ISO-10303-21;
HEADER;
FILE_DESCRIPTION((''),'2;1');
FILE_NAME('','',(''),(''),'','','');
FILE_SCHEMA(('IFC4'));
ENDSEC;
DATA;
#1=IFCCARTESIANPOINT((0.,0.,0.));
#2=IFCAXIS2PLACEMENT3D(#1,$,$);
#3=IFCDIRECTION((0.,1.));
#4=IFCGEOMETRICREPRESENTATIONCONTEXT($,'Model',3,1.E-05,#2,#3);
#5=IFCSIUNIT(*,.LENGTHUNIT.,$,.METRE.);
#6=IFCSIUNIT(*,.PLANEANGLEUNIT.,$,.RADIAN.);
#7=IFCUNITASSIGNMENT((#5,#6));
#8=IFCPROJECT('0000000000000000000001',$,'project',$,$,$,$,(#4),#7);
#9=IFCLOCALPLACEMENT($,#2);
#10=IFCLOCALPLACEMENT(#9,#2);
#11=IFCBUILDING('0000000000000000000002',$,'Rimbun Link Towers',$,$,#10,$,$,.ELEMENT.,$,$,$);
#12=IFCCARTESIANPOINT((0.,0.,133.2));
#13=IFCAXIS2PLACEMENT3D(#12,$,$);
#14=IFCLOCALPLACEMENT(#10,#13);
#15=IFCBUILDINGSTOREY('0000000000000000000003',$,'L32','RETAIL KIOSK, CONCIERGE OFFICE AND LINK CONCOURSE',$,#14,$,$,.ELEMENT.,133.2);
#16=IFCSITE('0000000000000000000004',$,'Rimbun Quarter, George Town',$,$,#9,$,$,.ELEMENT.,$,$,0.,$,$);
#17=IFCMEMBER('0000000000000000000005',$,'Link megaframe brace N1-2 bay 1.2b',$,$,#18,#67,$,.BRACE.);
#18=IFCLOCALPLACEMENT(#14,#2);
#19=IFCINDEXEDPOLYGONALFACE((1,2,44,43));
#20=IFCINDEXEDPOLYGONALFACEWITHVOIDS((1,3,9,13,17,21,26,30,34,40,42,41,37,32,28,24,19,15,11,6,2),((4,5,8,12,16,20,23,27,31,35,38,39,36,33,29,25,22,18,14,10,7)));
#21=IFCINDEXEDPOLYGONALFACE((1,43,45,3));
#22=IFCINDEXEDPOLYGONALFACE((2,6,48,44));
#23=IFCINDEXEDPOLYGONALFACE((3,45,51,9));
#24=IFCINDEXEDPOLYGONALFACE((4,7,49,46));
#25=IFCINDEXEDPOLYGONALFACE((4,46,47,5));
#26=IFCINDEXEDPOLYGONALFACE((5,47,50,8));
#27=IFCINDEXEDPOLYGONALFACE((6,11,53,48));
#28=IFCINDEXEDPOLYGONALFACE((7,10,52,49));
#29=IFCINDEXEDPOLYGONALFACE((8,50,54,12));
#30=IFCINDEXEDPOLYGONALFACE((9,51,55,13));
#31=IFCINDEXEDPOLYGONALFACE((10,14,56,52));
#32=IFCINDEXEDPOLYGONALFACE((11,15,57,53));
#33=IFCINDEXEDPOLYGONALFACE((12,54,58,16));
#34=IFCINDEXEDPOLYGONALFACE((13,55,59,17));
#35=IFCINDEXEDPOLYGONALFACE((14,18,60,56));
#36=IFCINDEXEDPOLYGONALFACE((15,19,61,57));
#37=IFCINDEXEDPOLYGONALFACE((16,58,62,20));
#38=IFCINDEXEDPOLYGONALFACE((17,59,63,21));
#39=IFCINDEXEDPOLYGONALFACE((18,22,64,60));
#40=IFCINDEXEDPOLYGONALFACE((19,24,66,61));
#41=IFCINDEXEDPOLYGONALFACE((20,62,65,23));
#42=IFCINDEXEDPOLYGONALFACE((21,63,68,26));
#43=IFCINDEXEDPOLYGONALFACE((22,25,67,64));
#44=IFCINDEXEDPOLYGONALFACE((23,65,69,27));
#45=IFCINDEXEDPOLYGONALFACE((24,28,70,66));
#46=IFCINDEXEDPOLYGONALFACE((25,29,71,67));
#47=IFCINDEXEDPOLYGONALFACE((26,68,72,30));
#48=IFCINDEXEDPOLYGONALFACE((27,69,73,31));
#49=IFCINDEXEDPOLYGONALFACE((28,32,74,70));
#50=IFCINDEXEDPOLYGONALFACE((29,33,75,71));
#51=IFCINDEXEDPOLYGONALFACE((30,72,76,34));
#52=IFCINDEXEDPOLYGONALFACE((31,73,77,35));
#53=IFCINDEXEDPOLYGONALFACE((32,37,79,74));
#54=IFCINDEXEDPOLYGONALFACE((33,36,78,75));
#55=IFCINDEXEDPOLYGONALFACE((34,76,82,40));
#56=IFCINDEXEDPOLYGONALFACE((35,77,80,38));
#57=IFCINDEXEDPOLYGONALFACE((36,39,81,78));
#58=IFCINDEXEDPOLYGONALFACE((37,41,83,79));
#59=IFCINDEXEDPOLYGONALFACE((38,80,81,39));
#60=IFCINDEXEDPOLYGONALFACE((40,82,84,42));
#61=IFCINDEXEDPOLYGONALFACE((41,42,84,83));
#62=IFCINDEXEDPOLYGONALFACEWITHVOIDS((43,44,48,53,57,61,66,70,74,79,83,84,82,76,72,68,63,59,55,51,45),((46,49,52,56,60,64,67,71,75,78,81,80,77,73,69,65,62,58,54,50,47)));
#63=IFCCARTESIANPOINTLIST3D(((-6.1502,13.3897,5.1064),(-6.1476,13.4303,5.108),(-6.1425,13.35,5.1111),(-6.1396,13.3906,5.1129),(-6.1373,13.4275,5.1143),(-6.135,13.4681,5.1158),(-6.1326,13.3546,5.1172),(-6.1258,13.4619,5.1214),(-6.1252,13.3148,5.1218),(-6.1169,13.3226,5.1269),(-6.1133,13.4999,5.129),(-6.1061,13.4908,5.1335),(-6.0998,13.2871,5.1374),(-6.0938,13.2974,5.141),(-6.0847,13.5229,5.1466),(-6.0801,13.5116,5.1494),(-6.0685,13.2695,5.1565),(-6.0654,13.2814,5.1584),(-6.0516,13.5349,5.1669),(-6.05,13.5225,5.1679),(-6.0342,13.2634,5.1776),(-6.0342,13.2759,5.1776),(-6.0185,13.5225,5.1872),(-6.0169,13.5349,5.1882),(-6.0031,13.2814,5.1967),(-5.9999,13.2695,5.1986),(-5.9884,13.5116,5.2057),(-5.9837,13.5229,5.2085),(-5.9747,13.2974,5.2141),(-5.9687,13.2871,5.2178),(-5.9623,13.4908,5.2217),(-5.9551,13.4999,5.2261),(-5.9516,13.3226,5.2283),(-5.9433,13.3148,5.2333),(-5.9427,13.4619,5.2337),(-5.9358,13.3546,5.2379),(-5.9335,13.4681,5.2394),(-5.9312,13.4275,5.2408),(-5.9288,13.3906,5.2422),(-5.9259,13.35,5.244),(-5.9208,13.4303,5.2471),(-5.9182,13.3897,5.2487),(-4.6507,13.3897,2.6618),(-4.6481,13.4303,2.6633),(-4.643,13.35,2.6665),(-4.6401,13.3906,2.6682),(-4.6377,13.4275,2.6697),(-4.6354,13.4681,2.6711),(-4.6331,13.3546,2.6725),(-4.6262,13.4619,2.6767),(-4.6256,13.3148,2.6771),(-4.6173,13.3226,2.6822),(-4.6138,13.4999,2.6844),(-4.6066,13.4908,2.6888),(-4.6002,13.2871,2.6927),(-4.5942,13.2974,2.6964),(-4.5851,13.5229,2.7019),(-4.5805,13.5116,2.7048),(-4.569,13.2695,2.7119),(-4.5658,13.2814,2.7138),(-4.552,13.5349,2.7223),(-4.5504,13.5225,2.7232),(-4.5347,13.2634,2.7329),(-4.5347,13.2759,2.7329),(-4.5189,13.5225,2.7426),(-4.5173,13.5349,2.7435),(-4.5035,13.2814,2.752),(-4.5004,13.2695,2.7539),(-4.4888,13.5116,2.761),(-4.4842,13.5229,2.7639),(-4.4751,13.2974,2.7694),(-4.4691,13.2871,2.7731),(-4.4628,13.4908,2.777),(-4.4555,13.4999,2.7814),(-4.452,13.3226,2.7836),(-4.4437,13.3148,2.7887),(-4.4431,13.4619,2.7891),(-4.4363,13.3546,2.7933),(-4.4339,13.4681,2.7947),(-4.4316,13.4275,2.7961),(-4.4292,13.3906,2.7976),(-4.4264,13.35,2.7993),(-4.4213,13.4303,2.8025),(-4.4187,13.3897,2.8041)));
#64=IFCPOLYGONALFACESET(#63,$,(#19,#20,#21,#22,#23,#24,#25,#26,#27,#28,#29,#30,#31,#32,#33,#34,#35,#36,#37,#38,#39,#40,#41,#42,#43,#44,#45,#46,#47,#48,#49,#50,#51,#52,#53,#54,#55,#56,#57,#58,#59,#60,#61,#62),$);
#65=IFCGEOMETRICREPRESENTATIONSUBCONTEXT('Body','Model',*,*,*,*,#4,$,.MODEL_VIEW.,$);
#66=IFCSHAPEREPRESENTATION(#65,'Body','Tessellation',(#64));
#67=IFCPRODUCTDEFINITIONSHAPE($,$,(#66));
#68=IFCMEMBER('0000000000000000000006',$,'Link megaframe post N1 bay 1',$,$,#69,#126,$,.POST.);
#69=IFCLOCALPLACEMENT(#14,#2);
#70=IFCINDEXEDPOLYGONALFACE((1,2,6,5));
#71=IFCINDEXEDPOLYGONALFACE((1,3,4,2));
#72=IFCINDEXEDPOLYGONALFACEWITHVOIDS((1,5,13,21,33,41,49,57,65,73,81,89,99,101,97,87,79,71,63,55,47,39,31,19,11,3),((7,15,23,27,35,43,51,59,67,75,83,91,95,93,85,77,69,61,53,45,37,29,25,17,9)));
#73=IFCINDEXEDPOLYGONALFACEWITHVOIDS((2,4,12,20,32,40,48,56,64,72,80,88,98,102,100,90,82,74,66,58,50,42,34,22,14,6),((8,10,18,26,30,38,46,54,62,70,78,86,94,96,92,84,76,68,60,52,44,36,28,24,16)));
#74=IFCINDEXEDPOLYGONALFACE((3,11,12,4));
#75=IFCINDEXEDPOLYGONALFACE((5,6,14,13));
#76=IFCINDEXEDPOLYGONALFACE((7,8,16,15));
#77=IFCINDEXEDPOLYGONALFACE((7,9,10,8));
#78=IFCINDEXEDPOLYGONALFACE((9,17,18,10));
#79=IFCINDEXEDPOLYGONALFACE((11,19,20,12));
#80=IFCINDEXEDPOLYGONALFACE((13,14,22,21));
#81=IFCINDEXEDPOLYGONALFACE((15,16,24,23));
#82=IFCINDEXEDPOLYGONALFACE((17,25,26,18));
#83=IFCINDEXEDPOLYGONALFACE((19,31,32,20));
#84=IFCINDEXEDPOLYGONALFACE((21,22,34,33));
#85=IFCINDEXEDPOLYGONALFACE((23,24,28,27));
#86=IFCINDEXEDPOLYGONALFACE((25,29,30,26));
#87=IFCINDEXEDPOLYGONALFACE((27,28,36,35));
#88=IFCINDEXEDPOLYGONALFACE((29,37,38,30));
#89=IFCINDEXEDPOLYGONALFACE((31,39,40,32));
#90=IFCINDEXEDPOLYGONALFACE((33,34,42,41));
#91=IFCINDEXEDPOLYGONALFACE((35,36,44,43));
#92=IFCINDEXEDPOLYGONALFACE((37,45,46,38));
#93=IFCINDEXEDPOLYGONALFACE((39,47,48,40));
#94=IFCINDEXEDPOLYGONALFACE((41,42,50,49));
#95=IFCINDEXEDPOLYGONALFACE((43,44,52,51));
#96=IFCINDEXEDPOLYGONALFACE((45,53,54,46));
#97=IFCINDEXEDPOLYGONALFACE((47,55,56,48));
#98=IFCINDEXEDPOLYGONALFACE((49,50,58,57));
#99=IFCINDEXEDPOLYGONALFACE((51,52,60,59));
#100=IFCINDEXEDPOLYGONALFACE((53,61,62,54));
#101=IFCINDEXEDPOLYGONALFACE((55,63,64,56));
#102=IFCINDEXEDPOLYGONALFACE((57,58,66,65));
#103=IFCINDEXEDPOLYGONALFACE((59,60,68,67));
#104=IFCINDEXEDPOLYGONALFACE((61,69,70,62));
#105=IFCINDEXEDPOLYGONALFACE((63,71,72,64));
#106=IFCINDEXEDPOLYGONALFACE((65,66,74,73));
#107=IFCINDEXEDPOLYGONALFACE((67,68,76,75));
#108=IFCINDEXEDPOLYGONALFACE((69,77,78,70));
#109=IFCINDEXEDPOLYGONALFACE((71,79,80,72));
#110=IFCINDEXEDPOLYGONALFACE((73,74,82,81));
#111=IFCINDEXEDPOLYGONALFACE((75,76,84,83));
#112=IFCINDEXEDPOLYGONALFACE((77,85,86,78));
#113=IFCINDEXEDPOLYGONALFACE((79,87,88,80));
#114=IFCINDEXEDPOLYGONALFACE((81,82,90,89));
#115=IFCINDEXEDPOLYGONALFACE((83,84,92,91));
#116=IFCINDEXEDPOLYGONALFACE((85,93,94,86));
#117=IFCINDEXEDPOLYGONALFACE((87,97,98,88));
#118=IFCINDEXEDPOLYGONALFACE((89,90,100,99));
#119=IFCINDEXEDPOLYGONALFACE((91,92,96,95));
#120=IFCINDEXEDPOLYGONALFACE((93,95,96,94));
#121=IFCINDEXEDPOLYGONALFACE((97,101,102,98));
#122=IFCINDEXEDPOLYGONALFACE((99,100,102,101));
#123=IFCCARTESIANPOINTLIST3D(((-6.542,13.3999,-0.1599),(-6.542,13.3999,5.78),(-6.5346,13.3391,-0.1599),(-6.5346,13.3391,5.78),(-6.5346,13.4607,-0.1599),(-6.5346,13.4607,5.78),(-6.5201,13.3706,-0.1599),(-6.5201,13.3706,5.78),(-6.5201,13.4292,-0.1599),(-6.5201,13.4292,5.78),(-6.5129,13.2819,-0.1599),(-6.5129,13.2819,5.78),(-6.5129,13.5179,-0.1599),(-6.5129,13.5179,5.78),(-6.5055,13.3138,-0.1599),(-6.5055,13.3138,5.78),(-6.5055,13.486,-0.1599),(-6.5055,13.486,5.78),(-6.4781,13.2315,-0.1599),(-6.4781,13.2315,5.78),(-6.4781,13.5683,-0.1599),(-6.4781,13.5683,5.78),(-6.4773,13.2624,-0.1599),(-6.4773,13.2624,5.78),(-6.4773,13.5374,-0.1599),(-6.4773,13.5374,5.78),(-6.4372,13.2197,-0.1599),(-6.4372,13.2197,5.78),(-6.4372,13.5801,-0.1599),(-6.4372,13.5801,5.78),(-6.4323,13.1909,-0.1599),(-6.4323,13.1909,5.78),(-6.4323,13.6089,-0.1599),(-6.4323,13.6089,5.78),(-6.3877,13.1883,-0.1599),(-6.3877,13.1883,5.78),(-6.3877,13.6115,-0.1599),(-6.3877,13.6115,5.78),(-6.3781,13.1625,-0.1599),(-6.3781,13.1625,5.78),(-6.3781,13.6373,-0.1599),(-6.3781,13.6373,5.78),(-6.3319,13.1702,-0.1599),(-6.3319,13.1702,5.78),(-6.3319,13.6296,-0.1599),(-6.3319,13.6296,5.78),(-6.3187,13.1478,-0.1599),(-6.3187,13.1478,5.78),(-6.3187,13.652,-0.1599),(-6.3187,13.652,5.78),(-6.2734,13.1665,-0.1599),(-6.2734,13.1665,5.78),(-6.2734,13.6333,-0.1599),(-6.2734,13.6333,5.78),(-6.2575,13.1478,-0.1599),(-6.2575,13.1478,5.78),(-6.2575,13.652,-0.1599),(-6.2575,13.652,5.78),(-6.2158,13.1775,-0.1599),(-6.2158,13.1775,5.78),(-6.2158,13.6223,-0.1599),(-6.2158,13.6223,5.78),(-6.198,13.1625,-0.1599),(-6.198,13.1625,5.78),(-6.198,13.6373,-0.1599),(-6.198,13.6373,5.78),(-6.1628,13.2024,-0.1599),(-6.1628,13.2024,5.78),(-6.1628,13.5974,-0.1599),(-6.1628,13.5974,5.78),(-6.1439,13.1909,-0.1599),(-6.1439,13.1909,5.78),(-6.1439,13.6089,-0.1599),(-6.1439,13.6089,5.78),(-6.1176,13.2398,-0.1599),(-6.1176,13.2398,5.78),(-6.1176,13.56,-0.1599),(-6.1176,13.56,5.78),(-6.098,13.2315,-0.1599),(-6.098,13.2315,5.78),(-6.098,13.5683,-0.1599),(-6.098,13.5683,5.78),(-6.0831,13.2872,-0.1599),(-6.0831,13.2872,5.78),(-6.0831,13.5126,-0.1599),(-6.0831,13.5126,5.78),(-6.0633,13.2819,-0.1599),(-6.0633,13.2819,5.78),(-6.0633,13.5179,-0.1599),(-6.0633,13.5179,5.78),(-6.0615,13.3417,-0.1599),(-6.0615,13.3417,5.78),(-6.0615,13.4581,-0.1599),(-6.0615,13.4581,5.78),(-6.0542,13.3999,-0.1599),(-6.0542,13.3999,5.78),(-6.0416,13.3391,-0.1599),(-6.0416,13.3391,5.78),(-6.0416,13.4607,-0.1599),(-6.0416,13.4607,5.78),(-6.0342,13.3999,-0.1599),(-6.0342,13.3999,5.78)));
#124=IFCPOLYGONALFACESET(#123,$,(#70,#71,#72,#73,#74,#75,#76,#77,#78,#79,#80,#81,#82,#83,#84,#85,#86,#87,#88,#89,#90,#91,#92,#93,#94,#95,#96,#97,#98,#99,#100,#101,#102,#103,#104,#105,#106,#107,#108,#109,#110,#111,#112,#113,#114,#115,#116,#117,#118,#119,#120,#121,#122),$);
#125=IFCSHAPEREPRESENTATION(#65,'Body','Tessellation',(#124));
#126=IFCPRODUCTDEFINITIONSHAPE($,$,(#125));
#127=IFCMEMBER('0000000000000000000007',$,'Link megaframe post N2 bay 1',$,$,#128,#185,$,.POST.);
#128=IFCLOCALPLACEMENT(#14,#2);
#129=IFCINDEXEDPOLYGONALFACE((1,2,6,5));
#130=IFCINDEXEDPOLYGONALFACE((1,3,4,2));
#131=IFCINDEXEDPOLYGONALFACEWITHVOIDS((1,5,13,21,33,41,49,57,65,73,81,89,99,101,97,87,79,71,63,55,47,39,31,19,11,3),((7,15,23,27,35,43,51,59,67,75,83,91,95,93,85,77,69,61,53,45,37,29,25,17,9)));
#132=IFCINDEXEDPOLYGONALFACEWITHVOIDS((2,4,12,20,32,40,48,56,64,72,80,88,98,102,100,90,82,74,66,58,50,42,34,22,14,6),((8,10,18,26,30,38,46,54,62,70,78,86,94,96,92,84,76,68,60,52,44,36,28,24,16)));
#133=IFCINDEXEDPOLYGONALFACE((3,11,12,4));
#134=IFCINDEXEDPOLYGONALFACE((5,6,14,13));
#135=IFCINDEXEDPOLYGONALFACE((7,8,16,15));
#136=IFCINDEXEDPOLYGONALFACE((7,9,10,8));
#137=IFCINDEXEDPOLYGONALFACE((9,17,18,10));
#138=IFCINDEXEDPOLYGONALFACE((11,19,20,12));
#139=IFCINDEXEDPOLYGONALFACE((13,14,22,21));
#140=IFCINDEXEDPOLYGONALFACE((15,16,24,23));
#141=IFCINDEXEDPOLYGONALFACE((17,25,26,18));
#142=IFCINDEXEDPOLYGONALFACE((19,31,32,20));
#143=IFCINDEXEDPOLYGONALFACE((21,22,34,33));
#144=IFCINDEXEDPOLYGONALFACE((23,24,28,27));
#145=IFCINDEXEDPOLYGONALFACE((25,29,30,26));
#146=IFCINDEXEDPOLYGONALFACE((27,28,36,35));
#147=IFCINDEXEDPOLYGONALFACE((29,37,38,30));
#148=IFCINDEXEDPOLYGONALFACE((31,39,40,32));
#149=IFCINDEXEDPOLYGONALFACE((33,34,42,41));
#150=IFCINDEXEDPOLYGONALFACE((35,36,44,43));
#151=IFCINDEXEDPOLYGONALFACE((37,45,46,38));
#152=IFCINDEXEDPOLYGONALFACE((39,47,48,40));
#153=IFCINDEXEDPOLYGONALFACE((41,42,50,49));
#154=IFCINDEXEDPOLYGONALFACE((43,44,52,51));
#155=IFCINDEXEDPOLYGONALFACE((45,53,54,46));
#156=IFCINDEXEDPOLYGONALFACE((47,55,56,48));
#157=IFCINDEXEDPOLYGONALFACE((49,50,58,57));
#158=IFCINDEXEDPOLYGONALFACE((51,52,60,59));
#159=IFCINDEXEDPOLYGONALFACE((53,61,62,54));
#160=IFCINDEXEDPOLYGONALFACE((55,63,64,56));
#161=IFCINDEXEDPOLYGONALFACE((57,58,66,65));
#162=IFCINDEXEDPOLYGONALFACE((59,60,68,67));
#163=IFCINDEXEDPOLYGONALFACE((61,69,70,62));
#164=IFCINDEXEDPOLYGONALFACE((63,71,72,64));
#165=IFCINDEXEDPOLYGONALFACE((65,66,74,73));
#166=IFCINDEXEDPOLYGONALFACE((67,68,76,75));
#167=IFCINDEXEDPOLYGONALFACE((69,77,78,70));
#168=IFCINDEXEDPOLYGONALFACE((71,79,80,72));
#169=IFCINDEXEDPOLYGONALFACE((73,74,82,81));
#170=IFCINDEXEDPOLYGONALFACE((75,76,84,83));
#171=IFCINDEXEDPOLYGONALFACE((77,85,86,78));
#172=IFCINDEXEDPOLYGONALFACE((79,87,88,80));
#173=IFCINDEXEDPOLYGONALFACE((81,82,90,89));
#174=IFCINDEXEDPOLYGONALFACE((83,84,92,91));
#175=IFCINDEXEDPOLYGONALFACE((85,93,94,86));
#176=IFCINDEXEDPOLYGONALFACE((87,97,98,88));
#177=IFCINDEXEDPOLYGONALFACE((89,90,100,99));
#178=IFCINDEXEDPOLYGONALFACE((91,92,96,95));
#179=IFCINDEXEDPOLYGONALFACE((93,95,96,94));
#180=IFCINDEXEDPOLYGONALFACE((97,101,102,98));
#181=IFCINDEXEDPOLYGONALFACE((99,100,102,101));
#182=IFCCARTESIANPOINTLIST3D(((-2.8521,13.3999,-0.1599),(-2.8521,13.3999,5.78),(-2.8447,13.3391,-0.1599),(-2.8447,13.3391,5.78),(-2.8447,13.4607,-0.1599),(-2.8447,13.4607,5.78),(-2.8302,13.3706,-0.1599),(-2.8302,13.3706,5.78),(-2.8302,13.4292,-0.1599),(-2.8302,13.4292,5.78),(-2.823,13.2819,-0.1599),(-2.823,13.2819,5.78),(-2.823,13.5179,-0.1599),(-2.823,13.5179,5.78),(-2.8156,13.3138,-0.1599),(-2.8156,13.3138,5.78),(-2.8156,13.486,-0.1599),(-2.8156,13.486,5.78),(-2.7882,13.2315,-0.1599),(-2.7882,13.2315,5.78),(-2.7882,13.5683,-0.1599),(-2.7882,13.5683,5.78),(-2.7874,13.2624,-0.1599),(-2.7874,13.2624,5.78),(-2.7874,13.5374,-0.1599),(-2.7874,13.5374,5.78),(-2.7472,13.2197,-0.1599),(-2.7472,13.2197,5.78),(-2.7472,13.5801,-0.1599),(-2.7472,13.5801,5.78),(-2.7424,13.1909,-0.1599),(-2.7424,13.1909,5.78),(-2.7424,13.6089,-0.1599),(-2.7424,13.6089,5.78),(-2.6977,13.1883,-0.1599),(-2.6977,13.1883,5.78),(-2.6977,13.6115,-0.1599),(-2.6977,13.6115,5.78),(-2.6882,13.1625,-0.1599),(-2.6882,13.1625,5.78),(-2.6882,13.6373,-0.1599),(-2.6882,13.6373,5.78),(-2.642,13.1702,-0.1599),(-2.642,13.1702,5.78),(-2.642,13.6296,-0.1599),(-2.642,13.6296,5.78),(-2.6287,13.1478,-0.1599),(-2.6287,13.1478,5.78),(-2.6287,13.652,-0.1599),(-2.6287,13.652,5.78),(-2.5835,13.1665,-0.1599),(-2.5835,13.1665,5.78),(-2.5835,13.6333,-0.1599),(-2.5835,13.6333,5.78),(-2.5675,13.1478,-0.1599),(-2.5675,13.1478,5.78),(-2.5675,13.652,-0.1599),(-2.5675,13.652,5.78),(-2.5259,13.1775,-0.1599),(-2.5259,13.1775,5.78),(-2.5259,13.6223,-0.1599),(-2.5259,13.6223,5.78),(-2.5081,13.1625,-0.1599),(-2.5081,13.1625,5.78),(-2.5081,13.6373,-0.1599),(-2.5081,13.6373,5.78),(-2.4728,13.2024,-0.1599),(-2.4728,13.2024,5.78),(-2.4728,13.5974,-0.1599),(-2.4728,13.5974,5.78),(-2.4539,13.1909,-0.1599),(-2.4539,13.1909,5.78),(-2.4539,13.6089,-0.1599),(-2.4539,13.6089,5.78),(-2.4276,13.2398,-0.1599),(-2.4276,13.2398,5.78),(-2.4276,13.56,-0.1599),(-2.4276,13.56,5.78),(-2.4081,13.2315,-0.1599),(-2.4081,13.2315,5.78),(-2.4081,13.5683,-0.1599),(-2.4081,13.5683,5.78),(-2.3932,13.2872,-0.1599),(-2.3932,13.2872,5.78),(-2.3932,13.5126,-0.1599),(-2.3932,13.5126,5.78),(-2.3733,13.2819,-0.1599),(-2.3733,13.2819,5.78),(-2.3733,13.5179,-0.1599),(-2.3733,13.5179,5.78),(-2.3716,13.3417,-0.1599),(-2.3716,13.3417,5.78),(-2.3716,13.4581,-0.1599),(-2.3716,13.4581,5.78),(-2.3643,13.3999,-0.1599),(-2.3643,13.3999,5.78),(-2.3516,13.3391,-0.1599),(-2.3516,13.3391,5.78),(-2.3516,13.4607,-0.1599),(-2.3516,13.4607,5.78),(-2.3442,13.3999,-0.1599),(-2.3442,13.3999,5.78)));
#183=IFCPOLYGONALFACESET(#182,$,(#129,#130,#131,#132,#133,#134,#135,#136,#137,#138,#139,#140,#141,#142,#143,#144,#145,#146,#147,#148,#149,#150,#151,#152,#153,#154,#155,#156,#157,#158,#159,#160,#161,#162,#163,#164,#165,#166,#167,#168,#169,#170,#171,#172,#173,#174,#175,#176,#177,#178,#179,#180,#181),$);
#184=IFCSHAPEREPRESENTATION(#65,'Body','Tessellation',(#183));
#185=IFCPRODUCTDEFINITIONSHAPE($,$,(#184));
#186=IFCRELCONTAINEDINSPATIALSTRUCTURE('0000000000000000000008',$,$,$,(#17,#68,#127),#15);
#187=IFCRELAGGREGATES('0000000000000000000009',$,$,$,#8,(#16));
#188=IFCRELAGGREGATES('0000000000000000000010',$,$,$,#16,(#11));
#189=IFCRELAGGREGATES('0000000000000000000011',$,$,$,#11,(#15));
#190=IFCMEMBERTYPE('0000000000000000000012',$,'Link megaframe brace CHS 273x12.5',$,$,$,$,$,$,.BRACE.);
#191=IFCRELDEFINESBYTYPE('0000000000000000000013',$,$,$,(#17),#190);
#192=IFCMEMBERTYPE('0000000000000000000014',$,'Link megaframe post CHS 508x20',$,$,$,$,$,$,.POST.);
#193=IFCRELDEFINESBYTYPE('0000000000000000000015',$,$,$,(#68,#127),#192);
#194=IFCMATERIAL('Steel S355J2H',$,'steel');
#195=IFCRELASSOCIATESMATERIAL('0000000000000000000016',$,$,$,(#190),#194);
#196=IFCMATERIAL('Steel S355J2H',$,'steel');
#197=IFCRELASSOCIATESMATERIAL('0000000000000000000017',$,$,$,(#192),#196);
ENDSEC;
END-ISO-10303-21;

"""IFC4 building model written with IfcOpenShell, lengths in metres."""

from ifc_helpers import new_model, si_unit, direction, frame, origin, origin_2d, place, context, subcontext, project, spatial, hollow_circle, extrude, material, material_profile, profile_set, type_object, element, save


model = new_model("IFC4")

# Units and contexts
model_context = context("Model", 3, precision=1e-05, world=origin(), true_north=direction((0.0, 1.0)))
body_context = subcontext(model_context, "Body", "Model", "MODEL_VIEW")
ifc_project = project(units=[si_unit("LENGTHUNIT", "METRE"), si_unit("PLANEANGLEUNIT", "RADIAN")], contexts=[model_context])

# Site, building, storey
site_placement = place(None, origin())
site = spatial("IfcSite", under=ifc_project, at=site_placement, Name="Rimbun Quarter, George Town", CompositionType="ELEMENT", RefElevation=0.0)
building_placement = place(site_placement, origin())
building = spatial("IfcBuilding", under=site, at=building_placement, Name="Rimbun Link Towers", CompositionType="ELEMENT")
storey_placement = place(building_placement, frame((0.0, 0.0, 133.2)))
storey = spatial("IfcBuildingStorey", under=building, at=storey_placement, Name="L32", Description="RETAIL KIOSK, CONCIERGE OFFICE AND LINK CONCOURSE", CompositionType="ELEMENT", Elevation=133.2)

# Members
ifc_material_1 = material(Name="Steel S355J2H", Category="steel")
ifc_material_profile_1 = material_profile(ifc_material_1, hollow_circle(Radius=0.1365, WallThickness=0.0125, at=origin_2d()), Name="CHS 273x12.5")
ifc_profile_set_1 = profile_set([ifc_material_profile_1], Name="Steel S355J2H")
member_type_1 = type_object("IfcMemberType", Name="Link megaframe brace CHS 273x12.5", PredefinedType="BRACE", material=ifc_profile_set_1)
member_1_placement = place(storey_placement, frame((-4.5347, 13.3999, 2.7329), z_axis=(-0.522871, 0.0, 0.852412), x_axis=(0.0, -1.0, 0.0)))
element("IfcMember", 1, at=member_1_placement, inside=storey, type_object=member_type_1, Name="Link megaframe brace N1-2 bay 1.2b", PredefinedType="BRACE", context=body_context, shape_type="SweptSolid", body=[
    extrude(hollow_circle(Radius=0.1365, WallThickness=0.0125, at=origin_2d()), origin(), (0.0, 0.0, 1.0), 2.8679),
])
ifc_material_2 = material(Name="Steel S355J2H", Category="steel")
ifc_material_profile_2 = material_profile(ifc_material_2, hollow_circle(Radius=0.2539, WallThickness=0.02, at=origin_2d()), Name="CHS 508x20")
ifc_profile_set_2 = profile_set([ifc_material_profile_2], Name="Steel S355J2H")
member_type_2 = type_object("IfcMemberType", Name="Link megaframe post CHS 508x20", PredefinedType="POST", material=ifc_profile_set_2)
for number, where, z_axis, x_axis, name in (
    (2, (-6.2881, 13.3999, -0.1599), (0.0, 0.0, 1.0), (1.0, 0.0, 0.0), "Link megaframe post N1 bay 1"),
    (3, (-2.5981, 13.3999, -0.1599), (0.0, 0.0, 1.0), (1.0, 0.0, 0.0), "Link megaframe post N2 bay 1"),
):
    element("IfcMember", number, at=place(storey_placement, frame(where, z_axis=z_axis, x_axis=x_axis)), inside=storey, type_object=member_type_2, Name=name, PredefinedType="POST", context=body_context, shape_type="SweptSolid", body=[
        extrude(hollow_circle(Radius=0.2539, WallThickness=0.02, at=origin_2d()), origin(), (0.0, 0.0, 1.0), 5.9399),
    ])

save(model, "model.ifc")
